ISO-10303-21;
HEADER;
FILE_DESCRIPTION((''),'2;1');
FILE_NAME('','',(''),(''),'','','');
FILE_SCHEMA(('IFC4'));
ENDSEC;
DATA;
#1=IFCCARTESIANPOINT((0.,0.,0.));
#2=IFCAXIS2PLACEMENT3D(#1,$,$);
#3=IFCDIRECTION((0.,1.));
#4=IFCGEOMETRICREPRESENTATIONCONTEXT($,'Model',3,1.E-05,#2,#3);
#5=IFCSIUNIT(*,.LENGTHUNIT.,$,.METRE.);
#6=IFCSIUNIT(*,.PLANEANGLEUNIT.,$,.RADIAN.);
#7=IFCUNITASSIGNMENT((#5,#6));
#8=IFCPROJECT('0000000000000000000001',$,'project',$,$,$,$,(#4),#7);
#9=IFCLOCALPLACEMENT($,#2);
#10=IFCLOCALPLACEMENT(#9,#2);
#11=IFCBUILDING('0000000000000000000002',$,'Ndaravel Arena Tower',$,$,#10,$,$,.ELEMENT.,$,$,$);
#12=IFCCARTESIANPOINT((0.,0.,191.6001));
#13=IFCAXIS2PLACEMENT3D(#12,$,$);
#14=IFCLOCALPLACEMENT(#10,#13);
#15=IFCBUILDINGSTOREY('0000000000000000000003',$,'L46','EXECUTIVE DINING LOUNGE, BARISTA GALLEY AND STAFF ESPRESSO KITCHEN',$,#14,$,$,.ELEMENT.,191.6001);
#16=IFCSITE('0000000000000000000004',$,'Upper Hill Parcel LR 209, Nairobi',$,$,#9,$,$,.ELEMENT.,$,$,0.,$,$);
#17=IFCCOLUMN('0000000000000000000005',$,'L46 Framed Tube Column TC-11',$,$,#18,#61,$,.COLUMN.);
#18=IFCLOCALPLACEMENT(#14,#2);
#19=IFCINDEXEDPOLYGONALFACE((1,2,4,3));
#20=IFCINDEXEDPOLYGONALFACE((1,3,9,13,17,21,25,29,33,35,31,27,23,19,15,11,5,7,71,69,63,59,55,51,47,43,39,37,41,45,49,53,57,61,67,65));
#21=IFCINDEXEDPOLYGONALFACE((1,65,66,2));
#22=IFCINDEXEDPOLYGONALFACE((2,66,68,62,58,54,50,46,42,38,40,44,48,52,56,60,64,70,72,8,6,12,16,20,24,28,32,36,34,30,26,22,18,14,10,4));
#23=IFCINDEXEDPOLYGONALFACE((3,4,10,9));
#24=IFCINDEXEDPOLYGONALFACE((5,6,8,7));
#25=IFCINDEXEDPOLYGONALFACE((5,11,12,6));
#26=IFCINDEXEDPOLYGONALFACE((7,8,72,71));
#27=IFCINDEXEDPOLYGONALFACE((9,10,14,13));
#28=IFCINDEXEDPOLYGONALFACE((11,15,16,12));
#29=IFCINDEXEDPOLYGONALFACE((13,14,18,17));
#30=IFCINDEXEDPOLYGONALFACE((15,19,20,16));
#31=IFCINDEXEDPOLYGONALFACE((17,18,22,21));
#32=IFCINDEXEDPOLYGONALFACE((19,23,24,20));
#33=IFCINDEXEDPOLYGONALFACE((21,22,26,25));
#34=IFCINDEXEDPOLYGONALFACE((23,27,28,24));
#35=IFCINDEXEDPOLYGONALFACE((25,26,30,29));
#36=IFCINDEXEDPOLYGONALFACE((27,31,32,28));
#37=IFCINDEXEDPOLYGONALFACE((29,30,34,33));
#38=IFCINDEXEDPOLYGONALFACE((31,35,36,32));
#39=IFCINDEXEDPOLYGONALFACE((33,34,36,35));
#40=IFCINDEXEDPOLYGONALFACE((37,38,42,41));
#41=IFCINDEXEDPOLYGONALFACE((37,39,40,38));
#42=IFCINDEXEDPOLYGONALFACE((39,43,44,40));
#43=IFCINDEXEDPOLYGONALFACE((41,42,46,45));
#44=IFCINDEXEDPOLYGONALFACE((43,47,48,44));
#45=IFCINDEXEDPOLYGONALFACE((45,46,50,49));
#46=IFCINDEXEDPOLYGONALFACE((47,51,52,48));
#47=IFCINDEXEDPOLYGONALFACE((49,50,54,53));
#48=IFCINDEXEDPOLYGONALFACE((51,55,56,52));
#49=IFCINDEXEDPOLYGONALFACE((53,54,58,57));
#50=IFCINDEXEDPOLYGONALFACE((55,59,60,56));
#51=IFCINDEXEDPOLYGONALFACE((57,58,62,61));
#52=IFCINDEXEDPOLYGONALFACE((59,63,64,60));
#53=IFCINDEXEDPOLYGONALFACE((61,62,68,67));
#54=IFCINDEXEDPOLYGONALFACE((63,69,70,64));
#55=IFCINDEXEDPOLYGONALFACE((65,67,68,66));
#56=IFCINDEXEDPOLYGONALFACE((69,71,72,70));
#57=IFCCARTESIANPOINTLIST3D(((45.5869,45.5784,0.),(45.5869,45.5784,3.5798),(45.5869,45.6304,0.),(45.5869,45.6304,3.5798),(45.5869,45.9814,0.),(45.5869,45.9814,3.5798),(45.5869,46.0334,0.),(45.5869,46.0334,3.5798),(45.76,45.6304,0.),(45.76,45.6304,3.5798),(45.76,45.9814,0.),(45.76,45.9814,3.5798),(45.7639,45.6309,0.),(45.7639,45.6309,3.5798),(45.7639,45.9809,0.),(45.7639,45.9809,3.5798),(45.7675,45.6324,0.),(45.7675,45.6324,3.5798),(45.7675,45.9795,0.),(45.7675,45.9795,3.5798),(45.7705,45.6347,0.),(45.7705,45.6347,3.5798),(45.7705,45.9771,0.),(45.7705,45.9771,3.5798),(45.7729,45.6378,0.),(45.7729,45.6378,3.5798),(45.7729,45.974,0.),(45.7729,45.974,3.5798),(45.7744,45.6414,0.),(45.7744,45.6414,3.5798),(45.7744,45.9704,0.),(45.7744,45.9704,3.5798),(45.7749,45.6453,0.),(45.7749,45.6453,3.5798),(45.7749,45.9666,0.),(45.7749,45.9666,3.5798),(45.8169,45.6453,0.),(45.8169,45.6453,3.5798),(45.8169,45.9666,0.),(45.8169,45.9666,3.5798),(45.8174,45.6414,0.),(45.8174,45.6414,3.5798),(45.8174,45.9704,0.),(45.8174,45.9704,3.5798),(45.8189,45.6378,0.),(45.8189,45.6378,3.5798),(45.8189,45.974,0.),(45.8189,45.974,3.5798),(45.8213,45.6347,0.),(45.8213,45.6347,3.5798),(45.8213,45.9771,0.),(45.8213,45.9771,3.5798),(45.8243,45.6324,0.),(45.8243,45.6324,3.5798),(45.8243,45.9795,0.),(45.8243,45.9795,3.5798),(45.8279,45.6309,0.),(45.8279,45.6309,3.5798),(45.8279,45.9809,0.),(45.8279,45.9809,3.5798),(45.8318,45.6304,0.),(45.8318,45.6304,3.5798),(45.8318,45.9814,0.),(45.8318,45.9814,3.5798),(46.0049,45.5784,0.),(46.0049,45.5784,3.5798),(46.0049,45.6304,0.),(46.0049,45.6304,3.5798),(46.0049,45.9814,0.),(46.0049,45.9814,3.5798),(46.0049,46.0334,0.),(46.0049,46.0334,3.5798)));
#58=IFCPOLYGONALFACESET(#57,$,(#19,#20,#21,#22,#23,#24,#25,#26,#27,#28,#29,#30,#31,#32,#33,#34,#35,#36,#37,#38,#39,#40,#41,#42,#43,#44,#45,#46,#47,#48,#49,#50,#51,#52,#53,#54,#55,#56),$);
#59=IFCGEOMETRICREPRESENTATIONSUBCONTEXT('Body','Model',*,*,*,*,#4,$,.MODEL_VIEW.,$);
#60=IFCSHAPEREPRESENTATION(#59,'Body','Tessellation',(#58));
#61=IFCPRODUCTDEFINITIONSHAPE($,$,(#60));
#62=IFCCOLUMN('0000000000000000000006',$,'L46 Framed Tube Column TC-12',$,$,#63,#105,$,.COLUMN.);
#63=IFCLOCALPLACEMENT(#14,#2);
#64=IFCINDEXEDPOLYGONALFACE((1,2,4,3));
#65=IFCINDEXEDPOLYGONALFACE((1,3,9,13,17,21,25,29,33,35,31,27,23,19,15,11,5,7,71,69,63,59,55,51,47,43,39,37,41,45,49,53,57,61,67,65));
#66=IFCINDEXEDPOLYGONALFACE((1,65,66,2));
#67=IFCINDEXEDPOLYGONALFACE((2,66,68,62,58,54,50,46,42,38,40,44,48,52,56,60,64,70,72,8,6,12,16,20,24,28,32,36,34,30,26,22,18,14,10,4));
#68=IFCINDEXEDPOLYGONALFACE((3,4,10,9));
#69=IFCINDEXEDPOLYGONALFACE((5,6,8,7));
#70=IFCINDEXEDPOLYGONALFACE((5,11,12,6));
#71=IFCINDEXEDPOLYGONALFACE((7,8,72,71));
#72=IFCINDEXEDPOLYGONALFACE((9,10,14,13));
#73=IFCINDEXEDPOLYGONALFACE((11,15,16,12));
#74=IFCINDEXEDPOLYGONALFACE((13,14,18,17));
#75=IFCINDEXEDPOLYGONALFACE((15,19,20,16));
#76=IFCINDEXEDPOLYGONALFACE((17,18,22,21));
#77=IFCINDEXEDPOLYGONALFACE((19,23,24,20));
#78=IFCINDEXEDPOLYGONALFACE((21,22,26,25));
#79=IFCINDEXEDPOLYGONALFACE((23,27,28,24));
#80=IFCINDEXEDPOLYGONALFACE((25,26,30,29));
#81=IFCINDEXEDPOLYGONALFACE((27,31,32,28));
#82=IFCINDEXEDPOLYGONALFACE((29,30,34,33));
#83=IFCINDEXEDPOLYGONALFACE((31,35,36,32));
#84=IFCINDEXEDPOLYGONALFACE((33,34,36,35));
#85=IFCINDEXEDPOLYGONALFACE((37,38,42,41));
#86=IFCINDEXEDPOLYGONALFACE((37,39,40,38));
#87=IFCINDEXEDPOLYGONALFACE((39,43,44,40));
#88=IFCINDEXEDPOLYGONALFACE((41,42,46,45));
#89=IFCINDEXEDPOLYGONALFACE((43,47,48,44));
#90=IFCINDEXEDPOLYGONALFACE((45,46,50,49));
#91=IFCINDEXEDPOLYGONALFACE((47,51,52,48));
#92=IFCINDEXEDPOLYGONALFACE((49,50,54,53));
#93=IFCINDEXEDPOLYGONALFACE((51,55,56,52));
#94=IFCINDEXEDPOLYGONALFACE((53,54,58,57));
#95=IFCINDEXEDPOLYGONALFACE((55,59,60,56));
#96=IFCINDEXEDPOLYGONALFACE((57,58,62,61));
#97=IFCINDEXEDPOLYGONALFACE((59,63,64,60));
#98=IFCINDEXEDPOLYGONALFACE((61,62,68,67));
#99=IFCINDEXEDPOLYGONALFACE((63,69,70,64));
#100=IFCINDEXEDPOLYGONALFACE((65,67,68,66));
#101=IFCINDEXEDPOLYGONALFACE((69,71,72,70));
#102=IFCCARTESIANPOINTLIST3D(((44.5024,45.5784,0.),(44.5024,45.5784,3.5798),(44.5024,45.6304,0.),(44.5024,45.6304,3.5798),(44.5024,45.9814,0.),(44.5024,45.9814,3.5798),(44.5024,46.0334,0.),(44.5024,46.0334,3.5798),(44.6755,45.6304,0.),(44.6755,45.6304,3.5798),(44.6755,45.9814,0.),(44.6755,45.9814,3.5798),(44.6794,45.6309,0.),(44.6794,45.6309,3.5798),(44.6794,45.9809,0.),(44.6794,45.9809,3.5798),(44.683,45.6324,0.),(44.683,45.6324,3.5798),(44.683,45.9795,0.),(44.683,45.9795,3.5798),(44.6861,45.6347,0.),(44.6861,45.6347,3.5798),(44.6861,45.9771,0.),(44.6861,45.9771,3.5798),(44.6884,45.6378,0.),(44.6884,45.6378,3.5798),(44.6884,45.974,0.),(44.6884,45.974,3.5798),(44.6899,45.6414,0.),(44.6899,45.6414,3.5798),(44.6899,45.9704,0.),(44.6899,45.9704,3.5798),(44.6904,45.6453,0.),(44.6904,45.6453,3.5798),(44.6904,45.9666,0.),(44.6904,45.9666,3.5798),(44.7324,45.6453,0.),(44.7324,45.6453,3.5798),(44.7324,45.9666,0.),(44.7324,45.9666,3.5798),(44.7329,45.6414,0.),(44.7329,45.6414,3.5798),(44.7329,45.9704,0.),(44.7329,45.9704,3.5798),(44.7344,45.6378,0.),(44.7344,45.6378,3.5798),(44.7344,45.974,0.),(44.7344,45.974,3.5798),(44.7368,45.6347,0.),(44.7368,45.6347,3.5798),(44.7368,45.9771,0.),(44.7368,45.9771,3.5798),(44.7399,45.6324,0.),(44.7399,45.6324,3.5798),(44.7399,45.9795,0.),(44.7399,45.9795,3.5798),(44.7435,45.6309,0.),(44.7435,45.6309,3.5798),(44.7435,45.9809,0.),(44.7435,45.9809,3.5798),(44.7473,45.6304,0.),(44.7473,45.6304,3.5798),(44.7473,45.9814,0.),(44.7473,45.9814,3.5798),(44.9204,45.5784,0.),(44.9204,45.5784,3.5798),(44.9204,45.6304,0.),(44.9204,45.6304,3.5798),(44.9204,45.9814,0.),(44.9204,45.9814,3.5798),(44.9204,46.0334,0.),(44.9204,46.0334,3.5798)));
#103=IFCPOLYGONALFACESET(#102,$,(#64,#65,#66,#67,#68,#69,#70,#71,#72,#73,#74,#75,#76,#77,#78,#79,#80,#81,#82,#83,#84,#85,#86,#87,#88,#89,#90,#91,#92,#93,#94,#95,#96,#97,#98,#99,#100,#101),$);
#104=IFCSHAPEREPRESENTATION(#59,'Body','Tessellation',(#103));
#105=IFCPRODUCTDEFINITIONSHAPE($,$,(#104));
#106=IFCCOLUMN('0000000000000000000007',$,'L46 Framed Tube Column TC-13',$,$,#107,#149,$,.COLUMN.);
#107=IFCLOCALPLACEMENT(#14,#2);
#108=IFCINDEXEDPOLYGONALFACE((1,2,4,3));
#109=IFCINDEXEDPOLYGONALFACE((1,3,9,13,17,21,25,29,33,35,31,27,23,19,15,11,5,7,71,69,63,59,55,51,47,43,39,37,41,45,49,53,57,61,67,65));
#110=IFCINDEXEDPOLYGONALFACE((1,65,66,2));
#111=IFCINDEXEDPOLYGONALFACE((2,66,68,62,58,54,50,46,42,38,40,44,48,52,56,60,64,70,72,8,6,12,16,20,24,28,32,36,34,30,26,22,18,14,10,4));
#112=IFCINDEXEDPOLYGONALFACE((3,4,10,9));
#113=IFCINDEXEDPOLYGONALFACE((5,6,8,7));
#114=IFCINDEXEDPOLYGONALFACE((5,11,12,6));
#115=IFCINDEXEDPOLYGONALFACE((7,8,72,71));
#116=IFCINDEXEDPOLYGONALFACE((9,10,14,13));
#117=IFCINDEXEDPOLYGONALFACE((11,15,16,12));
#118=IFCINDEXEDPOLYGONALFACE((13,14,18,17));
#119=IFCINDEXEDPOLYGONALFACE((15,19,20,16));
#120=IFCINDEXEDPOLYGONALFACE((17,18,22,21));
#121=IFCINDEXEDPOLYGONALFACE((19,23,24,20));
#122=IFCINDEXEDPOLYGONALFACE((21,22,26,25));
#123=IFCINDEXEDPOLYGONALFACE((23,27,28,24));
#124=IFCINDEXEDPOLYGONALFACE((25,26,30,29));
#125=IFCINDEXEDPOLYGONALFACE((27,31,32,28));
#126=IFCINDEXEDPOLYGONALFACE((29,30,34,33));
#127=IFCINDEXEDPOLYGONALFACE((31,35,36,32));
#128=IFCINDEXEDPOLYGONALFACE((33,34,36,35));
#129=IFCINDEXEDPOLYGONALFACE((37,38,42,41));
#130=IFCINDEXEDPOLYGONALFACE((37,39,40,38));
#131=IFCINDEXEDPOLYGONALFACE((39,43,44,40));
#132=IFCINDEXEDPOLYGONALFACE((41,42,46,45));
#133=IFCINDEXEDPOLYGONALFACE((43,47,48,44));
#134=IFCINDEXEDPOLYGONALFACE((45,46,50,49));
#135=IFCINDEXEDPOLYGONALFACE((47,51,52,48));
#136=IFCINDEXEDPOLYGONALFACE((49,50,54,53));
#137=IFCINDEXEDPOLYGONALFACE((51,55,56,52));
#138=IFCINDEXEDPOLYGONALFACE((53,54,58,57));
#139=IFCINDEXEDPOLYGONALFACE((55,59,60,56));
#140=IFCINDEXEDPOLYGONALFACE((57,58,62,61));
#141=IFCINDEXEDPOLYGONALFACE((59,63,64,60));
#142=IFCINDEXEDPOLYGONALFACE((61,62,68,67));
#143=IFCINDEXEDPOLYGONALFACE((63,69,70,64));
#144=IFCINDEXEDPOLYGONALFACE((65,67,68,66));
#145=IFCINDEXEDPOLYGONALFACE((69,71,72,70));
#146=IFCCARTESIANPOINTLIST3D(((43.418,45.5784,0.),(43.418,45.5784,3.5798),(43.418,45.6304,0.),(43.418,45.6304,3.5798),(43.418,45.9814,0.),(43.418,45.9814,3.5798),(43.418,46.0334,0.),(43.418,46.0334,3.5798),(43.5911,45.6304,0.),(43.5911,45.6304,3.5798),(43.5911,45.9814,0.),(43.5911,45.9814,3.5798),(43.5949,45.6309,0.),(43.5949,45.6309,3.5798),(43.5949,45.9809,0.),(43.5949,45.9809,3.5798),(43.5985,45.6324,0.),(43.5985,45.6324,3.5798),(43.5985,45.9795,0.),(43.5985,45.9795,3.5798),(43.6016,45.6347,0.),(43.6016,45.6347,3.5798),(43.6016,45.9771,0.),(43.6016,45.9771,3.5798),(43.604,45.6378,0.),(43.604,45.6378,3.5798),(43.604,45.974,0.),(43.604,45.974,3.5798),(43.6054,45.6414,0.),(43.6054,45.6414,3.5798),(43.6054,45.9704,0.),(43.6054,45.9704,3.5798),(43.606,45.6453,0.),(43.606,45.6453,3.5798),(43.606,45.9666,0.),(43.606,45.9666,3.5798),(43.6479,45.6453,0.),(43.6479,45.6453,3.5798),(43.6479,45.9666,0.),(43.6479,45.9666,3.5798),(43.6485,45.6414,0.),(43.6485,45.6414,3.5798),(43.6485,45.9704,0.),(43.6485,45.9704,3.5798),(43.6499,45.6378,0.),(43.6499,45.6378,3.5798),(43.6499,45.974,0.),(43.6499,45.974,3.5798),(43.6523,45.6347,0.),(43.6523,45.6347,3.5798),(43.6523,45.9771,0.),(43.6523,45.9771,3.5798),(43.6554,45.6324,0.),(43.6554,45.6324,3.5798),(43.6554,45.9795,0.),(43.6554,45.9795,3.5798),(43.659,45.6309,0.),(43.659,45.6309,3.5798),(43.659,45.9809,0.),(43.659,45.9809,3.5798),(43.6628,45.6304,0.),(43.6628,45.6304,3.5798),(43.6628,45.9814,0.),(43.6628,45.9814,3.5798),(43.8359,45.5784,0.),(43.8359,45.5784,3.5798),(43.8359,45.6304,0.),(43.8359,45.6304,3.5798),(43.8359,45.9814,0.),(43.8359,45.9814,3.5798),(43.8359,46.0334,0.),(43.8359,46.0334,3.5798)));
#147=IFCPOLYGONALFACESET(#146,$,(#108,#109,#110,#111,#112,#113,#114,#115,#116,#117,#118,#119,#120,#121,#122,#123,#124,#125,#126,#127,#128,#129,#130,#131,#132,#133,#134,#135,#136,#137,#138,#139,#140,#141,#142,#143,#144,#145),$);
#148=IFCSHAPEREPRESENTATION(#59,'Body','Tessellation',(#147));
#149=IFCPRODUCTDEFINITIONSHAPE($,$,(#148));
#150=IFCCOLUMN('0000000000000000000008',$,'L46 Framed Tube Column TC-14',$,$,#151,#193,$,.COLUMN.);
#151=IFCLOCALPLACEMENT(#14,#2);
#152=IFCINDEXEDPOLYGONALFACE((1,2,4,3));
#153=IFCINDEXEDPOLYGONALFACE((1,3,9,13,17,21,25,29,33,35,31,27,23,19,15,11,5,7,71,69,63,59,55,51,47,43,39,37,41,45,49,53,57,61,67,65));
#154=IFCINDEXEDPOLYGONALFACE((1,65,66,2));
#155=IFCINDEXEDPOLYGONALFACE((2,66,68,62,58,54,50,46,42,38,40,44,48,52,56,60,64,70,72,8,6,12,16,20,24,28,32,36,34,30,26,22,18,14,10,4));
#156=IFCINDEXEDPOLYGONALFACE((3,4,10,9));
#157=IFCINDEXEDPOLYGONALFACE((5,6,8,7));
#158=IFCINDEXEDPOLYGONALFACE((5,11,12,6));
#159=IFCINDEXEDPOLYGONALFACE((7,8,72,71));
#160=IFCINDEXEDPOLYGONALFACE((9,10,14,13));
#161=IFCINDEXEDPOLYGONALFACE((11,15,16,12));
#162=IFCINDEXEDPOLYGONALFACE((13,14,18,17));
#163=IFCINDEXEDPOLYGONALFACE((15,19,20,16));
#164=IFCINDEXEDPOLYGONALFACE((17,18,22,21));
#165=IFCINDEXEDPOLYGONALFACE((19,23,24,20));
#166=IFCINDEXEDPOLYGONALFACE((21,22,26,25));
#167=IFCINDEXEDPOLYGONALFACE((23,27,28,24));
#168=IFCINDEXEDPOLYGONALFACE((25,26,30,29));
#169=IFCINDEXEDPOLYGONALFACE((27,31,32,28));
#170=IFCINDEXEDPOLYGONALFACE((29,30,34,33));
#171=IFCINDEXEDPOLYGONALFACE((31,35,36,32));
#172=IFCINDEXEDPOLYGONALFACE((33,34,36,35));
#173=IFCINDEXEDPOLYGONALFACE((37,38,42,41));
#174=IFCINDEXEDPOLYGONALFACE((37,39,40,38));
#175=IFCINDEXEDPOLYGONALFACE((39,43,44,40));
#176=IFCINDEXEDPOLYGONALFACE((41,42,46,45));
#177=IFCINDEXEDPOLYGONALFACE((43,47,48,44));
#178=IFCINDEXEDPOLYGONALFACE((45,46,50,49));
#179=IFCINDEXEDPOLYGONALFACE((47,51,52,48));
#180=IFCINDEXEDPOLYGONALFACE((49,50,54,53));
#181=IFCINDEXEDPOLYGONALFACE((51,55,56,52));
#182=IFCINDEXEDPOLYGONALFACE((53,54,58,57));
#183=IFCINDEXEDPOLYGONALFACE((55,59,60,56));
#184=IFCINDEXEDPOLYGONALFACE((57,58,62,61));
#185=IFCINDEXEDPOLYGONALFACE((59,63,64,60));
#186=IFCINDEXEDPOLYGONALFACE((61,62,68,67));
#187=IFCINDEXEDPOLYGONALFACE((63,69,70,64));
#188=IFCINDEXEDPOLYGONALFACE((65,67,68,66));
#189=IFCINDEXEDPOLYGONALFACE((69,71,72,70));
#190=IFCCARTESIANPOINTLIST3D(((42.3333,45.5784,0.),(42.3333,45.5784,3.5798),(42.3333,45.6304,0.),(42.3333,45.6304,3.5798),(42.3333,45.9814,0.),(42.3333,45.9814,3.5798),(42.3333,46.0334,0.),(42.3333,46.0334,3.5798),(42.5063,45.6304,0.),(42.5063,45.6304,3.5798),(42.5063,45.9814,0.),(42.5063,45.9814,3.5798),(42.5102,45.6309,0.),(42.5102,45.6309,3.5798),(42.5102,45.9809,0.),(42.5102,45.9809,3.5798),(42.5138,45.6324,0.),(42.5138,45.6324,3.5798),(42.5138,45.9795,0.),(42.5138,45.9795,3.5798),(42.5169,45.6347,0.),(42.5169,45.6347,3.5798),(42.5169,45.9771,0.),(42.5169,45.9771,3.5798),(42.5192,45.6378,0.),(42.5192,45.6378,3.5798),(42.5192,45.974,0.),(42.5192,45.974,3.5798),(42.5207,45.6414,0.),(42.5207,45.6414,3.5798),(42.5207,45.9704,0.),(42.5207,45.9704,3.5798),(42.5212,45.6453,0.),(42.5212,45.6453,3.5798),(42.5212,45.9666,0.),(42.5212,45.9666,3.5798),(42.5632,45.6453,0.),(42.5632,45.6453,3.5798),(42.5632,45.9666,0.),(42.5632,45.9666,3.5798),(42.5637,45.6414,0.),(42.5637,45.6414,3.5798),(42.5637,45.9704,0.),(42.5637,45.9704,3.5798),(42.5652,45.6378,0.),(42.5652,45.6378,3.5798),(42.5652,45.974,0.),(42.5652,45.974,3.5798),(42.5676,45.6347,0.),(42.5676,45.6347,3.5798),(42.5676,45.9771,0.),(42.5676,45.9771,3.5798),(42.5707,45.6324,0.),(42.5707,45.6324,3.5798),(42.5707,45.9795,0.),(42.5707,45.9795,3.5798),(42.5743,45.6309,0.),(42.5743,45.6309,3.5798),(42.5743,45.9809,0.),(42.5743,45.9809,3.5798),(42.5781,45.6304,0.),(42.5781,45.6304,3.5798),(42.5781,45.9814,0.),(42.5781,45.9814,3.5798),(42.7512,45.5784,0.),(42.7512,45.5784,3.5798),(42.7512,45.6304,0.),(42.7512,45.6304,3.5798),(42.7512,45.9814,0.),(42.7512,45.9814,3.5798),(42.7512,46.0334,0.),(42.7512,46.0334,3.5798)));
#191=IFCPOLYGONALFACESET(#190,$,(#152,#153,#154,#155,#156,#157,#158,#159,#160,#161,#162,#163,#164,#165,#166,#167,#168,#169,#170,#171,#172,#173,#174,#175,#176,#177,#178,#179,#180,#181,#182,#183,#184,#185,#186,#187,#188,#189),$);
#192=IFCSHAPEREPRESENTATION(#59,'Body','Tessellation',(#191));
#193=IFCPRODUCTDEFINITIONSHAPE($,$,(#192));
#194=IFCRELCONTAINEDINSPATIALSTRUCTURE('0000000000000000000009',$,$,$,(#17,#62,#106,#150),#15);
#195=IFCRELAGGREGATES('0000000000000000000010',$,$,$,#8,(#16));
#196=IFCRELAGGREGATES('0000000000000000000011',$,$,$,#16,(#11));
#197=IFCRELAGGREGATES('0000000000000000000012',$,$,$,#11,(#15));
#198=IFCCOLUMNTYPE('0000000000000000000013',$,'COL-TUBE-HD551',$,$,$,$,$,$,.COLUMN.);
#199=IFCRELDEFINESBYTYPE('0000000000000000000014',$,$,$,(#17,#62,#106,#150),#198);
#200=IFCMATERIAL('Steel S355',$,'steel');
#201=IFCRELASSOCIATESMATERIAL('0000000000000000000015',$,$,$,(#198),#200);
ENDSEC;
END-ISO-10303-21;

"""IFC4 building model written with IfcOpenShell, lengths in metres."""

from ifc_helpers import new_model, si_unit, direction, frame, origin, origin_2d, place, context, subcontext, project, spatial, i_section, extrude, material, material_profile, profile_set, type_object, element, save


model = new_model("IFC4")

# Units and contexts
model_context = context("Model", 3, precision=1e-05, world=origin(), true_north=direction((0.0, 1.0)))
body_context = subcontext(model_context, "Body", "Model", "MODEL_VIEW")
ifc_project = project(units=[si_unit("LENGTHUNIT", "METRE"), si_unit("PLANEANGLEUNIT", "RADIAN")], contexts=[model_context])

# Site, building, storey
site_placement = place(None, origin())
site = spatial("IfcSite", under=ifc_project, at=site_placement, Name="Upper Hill Parcel LR 209, Nairobi", CompositionType="ELEMENT", RefElevation=0.0)
building_placement = place(site_placement, origin())
building = spatial("IfcBuilding", under=site, at=building_placement, Name="Ndaravel Arena Tower", CompositionType="ELEMENT")
storey_placement = place(building_placement, frame((0.0, 0.0, 191.6001)))
storey = spatial("IfcBuildingStorey", under=building, at=storey_placement, Name="L46", Description="EXECUTIVE DINING LOUNGE, BARISTA GALLEY AND STAFF ESPRESSO KITCHEN", CompositionType="ELEMENT", Elevation=191.6001)

# Columns
ifc_material_1 = material(Name="Steel S355", Category="steel")
ifc_material_profile_1 = material_profile(ifc_material_1, i_section(OverallWidth=0.418, OverallDepth=0.4551, WebThickness=0.042, FlangeThickness=0.052, FilletRadius=0.0149, at=origin_2d()), Name="HD 400x551")
ifc_profile_set_1 = profile_set([ifc_material_profile_1], Name="Steel S355")
column_type = type_object("IfcColumnType", Name="COL-TUBE-HD551", PredefinedType="COLUMN", material=ifc_profile_set_1)
for number, where, z_axis, x_axis, name in (
    (1, (45.7959, 45.8059, 0.0), (0.0, 0.0, 1.0), (1.0, 0.0, 0.0), "L46 Framed Tube Column TC-11"),
    (2, (44.7114, 45.8059, 0.0), (0.0, 0.0, 1.0), (1.0, 0.0, 0.0), "L46 Framed Tube Column TC-12"),
    (3, (43.627, 45.8059, 0.0), (0.0, 0.0, 1.0), (1.0, 0.0, 0.0), "L46 Framed Tube Column TC-13"),
    (4, (42.5422, 45.8059, 0.0), (0.0, 0.0, 1.0), (1.0, 0.0, 0.0), "L46 Framed Tube Column TC-14"),
):
    element("IfcColumn", number, at=place(storey_placement, frame(where, z_axis=z_axis, x_axis=x_axis)), inside=storey, type_object=column_type, Name=name, PredefinedType="COLUMN", context=body_context, shape_type="SweptSolid", body=[
        extrude(i_section(OverallWidth=0.418, OverallDepth=0.4551, WebThickness=0.042, FlangeThickness=0.052, FilletRadius=0.0149, at=origin_2d()), origin(), (0.0, 0.0, 1.0), 3.5798),
    ])

save(model, "model.ifc")
